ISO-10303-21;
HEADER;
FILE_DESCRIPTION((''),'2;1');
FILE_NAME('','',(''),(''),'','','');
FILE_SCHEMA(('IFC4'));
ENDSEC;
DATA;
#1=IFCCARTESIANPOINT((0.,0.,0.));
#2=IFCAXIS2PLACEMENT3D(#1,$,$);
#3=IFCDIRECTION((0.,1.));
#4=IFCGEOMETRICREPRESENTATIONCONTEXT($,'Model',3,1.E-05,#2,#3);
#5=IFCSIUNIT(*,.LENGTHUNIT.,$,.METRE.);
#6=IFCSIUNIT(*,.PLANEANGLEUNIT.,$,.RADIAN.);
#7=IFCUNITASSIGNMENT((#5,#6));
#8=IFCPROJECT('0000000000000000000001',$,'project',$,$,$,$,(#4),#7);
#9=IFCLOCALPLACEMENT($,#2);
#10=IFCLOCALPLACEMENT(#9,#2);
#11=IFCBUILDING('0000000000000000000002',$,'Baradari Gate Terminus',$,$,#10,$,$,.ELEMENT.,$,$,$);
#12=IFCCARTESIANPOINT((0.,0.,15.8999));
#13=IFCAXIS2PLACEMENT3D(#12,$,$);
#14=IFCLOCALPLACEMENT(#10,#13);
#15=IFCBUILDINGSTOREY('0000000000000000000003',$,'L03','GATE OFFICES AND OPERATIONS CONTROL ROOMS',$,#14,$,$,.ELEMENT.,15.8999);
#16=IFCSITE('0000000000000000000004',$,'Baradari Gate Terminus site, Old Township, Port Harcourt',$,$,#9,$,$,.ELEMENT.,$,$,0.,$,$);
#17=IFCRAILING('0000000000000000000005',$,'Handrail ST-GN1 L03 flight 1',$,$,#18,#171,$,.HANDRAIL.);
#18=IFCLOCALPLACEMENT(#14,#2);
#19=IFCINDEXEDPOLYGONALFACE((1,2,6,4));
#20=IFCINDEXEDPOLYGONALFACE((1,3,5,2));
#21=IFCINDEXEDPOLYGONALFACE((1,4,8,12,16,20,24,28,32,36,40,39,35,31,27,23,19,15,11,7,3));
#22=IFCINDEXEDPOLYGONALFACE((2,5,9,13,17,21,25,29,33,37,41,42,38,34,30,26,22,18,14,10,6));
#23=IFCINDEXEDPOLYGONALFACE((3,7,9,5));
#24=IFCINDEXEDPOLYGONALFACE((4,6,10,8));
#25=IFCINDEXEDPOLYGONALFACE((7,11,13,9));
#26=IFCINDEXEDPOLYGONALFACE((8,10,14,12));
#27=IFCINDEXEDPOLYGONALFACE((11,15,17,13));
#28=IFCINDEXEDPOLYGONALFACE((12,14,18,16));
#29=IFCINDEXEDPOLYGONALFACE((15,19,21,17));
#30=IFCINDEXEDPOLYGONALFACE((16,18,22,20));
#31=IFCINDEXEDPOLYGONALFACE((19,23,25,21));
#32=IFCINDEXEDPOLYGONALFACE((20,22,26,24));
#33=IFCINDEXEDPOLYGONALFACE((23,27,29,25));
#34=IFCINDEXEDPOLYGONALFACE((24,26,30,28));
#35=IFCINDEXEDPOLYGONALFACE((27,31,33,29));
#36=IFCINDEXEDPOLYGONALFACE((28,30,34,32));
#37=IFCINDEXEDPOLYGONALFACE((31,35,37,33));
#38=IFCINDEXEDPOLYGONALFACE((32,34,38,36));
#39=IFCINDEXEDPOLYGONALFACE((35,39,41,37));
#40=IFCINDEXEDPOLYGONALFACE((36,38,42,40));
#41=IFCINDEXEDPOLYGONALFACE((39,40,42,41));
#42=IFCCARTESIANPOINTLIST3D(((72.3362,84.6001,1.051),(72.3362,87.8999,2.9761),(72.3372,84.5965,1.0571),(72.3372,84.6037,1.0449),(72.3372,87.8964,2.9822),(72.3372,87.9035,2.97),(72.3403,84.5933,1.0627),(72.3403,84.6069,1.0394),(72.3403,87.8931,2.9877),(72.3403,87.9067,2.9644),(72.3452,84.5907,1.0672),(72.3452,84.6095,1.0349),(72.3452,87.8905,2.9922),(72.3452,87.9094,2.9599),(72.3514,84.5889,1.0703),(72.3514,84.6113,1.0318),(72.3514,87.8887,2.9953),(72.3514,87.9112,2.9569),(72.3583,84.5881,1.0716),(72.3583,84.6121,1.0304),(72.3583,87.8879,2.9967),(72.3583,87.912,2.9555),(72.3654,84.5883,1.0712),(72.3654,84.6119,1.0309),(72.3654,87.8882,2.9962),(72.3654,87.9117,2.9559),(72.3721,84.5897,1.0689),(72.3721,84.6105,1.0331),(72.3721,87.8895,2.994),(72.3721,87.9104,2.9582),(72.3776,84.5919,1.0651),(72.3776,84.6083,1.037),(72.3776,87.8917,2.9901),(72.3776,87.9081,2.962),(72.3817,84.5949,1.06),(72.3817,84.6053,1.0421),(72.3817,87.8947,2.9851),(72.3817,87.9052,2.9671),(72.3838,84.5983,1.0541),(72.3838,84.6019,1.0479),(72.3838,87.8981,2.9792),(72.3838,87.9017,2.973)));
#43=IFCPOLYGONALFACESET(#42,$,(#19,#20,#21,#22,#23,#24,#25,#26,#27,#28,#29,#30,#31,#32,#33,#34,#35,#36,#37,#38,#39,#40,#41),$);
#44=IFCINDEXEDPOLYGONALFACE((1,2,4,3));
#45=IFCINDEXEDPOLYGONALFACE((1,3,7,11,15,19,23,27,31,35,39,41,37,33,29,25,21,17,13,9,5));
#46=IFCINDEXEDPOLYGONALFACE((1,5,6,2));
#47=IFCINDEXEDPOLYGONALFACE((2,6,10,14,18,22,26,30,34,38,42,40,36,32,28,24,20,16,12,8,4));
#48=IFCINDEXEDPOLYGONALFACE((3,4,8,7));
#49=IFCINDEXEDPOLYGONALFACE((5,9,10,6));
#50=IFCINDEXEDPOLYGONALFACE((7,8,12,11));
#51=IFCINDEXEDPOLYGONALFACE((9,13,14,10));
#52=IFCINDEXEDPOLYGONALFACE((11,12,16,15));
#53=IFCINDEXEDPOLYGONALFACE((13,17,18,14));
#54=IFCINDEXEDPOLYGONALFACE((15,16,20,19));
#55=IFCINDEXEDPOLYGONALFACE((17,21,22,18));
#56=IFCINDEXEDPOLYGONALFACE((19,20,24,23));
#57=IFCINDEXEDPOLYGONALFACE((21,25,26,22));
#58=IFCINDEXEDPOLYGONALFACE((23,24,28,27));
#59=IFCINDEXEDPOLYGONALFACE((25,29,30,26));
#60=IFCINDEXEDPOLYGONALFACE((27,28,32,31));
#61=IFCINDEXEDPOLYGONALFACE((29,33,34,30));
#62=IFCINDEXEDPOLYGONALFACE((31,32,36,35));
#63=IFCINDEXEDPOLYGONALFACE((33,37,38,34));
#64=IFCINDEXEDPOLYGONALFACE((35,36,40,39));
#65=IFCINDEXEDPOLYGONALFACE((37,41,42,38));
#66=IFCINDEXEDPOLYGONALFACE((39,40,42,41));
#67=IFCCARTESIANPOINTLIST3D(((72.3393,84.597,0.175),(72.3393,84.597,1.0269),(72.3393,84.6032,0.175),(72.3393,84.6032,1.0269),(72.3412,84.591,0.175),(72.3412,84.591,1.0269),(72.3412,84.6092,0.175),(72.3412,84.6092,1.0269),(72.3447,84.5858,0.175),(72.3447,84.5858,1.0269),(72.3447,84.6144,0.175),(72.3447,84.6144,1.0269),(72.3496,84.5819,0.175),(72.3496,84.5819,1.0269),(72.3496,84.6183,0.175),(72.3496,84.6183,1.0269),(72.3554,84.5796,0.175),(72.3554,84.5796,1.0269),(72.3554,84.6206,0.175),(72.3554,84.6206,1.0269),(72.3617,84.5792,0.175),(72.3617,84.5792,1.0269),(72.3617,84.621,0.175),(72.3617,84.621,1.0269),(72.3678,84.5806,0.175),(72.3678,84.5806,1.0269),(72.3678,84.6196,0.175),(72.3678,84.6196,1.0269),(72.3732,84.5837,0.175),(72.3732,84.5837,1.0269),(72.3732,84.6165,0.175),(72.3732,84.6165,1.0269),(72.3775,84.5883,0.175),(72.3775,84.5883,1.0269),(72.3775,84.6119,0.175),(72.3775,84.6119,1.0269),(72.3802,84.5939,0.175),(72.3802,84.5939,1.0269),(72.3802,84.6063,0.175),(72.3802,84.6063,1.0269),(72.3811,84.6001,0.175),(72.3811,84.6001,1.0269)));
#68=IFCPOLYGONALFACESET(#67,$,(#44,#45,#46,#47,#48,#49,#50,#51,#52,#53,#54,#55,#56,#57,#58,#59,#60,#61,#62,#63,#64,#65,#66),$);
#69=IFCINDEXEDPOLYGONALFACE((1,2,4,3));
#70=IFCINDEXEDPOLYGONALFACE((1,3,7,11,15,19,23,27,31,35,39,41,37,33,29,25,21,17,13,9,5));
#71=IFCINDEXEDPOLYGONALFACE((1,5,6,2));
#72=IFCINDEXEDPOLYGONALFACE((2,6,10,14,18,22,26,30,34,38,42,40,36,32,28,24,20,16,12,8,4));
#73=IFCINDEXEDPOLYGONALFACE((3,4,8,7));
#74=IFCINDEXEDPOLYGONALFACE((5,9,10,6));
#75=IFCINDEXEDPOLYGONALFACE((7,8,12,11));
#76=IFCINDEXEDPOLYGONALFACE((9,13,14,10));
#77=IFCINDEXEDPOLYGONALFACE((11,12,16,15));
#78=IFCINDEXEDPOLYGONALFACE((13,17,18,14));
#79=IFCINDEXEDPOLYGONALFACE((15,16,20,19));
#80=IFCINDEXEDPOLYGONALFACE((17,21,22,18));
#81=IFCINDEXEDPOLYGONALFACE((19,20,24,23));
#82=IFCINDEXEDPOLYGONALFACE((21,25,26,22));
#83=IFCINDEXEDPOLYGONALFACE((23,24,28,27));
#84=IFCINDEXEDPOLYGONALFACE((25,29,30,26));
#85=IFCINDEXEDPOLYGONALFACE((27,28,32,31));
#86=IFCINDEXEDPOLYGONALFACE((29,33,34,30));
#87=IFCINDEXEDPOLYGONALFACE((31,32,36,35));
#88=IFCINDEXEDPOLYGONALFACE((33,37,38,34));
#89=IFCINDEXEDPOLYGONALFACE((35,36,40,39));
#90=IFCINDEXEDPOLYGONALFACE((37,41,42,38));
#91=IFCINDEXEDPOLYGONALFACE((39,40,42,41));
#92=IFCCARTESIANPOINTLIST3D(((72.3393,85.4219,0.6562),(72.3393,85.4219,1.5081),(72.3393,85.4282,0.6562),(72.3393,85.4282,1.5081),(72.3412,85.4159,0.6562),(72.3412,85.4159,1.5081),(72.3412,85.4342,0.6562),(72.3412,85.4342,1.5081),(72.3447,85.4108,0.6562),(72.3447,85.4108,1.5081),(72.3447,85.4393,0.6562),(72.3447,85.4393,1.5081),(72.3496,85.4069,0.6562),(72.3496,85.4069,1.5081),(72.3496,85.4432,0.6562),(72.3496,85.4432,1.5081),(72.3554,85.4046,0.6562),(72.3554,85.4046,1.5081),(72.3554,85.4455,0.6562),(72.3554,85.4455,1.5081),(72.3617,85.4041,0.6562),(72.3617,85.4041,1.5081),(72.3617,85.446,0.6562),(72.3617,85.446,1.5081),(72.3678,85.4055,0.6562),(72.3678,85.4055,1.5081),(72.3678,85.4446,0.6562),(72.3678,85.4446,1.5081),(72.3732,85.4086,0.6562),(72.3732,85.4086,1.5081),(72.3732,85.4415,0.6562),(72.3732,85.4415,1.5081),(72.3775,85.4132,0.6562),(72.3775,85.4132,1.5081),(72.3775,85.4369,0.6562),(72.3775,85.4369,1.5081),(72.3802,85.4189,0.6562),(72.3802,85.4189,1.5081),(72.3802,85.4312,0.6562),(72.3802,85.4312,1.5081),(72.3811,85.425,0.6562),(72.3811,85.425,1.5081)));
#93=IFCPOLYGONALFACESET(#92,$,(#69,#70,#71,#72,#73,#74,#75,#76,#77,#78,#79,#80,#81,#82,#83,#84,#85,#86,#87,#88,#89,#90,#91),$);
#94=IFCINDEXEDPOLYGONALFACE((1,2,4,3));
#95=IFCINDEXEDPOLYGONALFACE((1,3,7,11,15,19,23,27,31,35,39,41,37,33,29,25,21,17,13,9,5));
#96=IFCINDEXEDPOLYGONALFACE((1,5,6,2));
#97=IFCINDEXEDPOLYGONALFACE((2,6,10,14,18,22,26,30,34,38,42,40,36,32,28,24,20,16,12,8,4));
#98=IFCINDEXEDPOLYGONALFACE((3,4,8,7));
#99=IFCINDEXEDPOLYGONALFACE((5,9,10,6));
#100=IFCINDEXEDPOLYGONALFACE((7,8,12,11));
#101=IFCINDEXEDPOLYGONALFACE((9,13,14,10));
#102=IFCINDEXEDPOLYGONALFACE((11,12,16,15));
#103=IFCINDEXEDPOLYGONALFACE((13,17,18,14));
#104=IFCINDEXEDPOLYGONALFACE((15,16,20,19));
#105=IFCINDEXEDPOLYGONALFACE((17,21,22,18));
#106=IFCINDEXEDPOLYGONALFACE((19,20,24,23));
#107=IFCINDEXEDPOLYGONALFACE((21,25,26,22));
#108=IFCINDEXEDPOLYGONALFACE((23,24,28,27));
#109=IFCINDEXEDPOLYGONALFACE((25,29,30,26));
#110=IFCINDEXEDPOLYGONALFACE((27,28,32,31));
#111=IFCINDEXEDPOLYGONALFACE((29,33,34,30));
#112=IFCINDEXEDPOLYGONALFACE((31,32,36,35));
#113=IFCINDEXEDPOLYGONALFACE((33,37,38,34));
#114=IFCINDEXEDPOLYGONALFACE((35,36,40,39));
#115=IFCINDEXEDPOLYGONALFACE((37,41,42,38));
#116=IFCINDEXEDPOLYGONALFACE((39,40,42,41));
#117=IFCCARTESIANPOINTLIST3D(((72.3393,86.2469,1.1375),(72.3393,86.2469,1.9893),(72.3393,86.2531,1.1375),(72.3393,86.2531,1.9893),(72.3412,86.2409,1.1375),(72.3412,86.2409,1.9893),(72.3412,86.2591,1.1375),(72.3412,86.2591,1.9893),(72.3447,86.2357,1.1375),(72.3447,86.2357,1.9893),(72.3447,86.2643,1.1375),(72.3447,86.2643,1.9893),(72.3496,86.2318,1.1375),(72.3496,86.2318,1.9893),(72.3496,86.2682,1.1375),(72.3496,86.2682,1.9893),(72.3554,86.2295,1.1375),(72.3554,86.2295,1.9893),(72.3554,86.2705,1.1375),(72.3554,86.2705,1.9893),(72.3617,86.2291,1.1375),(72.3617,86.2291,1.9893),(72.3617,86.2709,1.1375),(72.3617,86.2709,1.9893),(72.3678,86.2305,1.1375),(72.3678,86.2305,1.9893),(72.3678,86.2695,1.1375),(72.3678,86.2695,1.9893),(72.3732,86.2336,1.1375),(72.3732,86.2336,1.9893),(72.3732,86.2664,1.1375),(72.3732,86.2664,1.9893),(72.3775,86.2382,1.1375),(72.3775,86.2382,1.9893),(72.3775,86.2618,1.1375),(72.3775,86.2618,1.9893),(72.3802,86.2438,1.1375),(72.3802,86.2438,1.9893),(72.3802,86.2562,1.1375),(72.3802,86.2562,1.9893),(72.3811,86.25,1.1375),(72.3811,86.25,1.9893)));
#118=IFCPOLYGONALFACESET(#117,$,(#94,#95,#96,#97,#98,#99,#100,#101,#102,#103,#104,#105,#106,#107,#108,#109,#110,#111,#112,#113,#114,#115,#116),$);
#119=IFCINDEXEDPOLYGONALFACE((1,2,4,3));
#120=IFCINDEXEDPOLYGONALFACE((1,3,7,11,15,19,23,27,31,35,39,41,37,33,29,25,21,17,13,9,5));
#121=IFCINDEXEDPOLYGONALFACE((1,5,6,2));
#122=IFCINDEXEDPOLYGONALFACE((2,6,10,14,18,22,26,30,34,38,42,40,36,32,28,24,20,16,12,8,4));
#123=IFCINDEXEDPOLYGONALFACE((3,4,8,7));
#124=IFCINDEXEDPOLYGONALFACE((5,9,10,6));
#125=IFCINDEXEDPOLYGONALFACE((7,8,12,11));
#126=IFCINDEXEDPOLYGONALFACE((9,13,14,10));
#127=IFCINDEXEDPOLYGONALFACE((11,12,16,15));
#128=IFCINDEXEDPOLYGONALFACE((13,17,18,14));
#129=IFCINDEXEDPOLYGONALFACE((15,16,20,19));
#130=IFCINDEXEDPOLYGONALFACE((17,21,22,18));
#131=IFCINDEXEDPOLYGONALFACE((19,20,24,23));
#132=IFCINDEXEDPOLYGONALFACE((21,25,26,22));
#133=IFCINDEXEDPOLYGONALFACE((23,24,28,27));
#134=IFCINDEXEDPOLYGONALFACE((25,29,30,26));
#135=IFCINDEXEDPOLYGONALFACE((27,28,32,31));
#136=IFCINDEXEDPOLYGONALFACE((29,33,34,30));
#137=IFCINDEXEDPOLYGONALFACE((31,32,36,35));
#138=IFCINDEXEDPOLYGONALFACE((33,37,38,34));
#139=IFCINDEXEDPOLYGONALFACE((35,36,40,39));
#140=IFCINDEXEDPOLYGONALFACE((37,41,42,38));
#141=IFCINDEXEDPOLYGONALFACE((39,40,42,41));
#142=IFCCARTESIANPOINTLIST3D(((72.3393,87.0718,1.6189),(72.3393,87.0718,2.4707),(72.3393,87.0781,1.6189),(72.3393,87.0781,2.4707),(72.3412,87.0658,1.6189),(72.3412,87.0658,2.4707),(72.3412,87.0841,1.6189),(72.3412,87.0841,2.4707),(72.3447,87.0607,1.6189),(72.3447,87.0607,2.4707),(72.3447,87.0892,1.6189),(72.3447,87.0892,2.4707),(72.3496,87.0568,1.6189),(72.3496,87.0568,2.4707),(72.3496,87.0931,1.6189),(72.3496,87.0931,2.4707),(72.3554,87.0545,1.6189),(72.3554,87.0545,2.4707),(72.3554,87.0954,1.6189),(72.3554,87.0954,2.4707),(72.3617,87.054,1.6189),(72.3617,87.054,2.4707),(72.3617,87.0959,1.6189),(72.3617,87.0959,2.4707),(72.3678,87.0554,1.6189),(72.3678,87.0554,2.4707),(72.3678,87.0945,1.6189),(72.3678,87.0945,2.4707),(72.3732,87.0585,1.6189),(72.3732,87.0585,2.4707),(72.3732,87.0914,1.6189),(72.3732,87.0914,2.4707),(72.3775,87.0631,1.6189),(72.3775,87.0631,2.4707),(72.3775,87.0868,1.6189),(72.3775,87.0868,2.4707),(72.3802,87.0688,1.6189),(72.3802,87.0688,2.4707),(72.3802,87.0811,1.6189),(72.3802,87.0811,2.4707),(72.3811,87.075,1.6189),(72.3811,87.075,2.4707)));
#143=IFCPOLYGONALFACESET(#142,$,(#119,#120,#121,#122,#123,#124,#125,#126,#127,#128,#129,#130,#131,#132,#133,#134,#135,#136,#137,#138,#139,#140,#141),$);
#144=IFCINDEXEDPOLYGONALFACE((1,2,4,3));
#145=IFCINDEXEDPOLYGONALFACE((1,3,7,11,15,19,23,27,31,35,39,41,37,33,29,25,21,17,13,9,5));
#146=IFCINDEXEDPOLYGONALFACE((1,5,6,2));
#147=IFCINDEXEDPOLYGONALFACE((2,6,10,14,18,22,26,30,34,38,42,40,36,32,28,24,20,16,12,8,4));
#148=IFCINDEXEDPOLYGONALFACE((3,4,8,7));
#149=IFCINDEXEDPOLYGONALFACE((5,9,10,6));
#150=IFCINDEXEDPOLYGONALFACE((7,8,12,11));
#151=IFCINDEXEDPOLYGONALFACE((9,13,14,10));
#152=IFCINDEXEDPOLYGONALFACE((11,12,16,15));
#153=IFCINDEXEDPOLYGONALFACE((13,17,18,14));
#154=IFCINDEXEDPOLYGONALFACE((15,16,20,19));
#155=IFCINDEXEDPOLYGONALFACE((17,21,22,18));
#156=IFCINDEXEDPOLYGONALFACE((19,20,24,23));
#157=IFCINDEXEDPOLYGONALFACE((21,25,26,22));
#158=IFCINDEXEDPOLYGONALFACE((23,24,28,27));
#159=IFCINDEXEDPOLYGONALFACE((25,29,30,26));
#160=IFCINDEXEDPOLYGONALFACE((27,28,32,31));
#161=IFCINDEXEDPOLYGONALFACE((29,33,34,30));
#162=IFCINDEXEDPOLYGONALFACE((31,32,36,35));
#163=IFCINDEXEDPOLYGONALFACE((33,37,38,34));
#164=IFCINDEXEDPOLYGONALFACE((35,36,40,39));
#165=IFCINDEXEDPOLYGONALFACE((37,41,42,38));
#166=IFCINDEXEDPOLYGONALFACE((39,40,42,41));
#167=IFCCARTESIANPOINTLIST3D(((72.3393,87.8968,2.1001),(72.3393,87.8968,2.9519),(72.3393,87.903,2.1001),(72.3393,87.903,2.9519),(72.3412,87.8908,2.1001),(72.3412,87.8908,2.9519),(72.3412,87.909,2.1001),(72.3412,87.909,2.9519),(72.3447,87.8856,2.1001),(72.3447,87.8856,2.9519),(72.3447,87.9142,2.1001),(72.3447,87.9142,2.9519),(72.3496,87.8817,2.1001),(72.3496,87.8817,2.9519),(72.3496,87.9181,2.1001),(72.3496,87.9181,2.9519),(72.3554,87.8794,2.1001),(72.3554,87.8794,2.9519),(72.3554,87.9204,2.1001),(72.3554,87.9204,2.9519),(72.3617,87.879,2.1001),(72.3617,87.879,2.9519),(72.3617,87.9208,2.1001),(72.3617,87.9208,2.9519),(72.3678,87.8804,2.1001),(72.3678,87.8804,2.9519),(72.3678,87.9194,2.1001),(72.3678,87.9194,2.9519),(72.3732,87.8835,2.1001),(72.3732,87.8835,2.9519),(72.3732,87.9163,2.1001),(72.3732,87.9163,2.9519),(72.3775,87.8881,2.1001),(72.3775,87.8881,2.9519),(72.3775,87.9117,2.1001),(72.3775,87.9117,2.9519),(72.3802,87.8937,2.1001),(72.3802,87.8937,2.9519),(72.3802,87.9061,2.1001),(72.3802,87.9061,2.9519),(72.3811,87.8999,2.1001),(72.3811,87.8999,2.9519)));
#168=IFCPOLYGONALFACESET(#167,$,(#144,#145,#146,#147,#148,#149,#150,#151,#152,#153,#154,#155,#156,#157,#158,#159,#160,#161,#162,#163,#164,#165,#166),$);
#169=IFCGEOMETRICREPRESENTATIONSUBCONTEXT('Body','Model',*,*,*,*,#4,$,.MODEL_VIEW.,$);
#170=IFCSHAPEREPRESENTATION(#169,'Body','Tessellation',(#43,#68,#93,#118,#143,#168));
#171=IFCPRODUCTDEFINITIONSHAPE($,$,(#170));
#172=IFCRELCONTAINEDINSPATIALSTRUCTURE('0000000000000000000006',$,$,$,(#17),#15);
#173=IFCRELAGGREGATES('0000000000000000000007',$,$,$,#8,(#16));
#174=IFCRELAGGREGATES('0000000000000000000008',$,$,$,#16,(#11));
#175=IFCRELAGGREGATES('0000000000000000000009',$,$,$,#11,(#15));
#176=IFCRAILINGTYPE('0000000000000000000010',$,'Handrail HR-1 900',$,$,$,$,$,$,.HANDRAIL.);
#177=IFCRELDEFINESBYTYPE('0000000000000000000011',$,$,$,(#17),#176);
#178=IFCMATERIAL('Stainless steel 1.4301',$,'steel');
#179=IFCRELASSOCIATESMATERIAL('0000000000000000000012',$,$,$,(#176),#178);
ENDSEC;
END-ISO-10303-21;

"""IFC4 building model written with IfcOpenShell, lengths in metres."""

from ifc_helpers import new_model, si_unit, direction, frame, origin, origin_2d, place, context, subcontext, project, spatial, circle, extrude, material, type_object, element, save


model = new_model("IFC4")

# Units and contexts
model_context = context("Model", 3, precision=1e-05, world=origin(), true_north=direction((0.0, 1.0)))
body_context = subcontext(model_context, "Body", "Model", "MODEL_VIEW")
ifc_project = project(units=[si_unit("LENGTHUNIT", "METRE"), si_unit("PLANEANGLEUNIT", "RADIAN")], contexts=[model_context])

# Site, building, storey
site_placement = place(None, origin())
site = spatial("IfcSite", under=ifc_project, at=site_placement, Name="Baradari Gate Terminus site, Old Township, Port Harcourt", CompositionType="ELEMENT", RefElevation=0.0)
building_placement = place(site_placement, origin())
building = spatial("IfcBuilding", under=site, at=building_placement, Name="Baradari Gate Terminus", CompositionType="ELEMENT")
storey_placement = place(building_placement, frame((0.0, 0.0, 15.8999)))
storey = spatial("IfcBuildingStorey", under=building, at=storey_placement, Name="L03", Description="GATE OFFICES AND OPERATIONS CONTROL ROOMS", CompositionType="ELEMENT", Elevation=15.8999)

# Railing
ifc_material_1 = material(Name="Stainless steel 1.4301", Category="steel")
railing_type = type_object("IfcRailingType", Name="Handrail HR-1 900", PredefinedType="HANDRAIL", material=ifc_material_1)
for number, where, name in (
    (1, (72.3601, 84.6001, 0.175), "Handrail ST-GN1 L03 flight 1"),
):
    element("IfcRailing", number, at=place(storey_placement, frame(where)), inside=storey, type_object=railing_type, Name=name, PredefinedType="HANDRAIL", context=body_context, shape_type="SweptSolid", body=[
        extrude(circle(Radius=0.0239, at=origin_2d()), frame((0.0, 0.0, 0.876), z_axis=(0.0, 0.86376, 0.503903), x_axis=(-1.0, 0.0, 0.0)), (0.0, 0.0, 1.0), 3.8203),
        extrude(circle(Radius=0.021, at=origin_2d()), origin(), (0.0, 0.0, 1.0), 0.8518),
        extrude(circle(Radius=0.021, at=origin_2d()), frame((0.0, 0.825, 0.4812)), (0.0, 0.0, 1.0), 0.8518),
        extrude(circle(Radius=0.021, at=origin_2d()), frame((0.0, 1.6499, 0.9624)), (0.0, 0.0, 1.0), 0.8518),
        extrude(circle(Radius=0.021, at=origin_2d()), frame((0.0, 2.4749, 1.4438)), (0.0, 0.0, 1.0), 0.8518),
        extrude(circle(Radius=0.021, at=origin_2d()), frame((0.0, 3.2998, 1.925)), (0.0, 0.0, 1.0), 0.8518),
    ])

save(model, "model.ifc")
